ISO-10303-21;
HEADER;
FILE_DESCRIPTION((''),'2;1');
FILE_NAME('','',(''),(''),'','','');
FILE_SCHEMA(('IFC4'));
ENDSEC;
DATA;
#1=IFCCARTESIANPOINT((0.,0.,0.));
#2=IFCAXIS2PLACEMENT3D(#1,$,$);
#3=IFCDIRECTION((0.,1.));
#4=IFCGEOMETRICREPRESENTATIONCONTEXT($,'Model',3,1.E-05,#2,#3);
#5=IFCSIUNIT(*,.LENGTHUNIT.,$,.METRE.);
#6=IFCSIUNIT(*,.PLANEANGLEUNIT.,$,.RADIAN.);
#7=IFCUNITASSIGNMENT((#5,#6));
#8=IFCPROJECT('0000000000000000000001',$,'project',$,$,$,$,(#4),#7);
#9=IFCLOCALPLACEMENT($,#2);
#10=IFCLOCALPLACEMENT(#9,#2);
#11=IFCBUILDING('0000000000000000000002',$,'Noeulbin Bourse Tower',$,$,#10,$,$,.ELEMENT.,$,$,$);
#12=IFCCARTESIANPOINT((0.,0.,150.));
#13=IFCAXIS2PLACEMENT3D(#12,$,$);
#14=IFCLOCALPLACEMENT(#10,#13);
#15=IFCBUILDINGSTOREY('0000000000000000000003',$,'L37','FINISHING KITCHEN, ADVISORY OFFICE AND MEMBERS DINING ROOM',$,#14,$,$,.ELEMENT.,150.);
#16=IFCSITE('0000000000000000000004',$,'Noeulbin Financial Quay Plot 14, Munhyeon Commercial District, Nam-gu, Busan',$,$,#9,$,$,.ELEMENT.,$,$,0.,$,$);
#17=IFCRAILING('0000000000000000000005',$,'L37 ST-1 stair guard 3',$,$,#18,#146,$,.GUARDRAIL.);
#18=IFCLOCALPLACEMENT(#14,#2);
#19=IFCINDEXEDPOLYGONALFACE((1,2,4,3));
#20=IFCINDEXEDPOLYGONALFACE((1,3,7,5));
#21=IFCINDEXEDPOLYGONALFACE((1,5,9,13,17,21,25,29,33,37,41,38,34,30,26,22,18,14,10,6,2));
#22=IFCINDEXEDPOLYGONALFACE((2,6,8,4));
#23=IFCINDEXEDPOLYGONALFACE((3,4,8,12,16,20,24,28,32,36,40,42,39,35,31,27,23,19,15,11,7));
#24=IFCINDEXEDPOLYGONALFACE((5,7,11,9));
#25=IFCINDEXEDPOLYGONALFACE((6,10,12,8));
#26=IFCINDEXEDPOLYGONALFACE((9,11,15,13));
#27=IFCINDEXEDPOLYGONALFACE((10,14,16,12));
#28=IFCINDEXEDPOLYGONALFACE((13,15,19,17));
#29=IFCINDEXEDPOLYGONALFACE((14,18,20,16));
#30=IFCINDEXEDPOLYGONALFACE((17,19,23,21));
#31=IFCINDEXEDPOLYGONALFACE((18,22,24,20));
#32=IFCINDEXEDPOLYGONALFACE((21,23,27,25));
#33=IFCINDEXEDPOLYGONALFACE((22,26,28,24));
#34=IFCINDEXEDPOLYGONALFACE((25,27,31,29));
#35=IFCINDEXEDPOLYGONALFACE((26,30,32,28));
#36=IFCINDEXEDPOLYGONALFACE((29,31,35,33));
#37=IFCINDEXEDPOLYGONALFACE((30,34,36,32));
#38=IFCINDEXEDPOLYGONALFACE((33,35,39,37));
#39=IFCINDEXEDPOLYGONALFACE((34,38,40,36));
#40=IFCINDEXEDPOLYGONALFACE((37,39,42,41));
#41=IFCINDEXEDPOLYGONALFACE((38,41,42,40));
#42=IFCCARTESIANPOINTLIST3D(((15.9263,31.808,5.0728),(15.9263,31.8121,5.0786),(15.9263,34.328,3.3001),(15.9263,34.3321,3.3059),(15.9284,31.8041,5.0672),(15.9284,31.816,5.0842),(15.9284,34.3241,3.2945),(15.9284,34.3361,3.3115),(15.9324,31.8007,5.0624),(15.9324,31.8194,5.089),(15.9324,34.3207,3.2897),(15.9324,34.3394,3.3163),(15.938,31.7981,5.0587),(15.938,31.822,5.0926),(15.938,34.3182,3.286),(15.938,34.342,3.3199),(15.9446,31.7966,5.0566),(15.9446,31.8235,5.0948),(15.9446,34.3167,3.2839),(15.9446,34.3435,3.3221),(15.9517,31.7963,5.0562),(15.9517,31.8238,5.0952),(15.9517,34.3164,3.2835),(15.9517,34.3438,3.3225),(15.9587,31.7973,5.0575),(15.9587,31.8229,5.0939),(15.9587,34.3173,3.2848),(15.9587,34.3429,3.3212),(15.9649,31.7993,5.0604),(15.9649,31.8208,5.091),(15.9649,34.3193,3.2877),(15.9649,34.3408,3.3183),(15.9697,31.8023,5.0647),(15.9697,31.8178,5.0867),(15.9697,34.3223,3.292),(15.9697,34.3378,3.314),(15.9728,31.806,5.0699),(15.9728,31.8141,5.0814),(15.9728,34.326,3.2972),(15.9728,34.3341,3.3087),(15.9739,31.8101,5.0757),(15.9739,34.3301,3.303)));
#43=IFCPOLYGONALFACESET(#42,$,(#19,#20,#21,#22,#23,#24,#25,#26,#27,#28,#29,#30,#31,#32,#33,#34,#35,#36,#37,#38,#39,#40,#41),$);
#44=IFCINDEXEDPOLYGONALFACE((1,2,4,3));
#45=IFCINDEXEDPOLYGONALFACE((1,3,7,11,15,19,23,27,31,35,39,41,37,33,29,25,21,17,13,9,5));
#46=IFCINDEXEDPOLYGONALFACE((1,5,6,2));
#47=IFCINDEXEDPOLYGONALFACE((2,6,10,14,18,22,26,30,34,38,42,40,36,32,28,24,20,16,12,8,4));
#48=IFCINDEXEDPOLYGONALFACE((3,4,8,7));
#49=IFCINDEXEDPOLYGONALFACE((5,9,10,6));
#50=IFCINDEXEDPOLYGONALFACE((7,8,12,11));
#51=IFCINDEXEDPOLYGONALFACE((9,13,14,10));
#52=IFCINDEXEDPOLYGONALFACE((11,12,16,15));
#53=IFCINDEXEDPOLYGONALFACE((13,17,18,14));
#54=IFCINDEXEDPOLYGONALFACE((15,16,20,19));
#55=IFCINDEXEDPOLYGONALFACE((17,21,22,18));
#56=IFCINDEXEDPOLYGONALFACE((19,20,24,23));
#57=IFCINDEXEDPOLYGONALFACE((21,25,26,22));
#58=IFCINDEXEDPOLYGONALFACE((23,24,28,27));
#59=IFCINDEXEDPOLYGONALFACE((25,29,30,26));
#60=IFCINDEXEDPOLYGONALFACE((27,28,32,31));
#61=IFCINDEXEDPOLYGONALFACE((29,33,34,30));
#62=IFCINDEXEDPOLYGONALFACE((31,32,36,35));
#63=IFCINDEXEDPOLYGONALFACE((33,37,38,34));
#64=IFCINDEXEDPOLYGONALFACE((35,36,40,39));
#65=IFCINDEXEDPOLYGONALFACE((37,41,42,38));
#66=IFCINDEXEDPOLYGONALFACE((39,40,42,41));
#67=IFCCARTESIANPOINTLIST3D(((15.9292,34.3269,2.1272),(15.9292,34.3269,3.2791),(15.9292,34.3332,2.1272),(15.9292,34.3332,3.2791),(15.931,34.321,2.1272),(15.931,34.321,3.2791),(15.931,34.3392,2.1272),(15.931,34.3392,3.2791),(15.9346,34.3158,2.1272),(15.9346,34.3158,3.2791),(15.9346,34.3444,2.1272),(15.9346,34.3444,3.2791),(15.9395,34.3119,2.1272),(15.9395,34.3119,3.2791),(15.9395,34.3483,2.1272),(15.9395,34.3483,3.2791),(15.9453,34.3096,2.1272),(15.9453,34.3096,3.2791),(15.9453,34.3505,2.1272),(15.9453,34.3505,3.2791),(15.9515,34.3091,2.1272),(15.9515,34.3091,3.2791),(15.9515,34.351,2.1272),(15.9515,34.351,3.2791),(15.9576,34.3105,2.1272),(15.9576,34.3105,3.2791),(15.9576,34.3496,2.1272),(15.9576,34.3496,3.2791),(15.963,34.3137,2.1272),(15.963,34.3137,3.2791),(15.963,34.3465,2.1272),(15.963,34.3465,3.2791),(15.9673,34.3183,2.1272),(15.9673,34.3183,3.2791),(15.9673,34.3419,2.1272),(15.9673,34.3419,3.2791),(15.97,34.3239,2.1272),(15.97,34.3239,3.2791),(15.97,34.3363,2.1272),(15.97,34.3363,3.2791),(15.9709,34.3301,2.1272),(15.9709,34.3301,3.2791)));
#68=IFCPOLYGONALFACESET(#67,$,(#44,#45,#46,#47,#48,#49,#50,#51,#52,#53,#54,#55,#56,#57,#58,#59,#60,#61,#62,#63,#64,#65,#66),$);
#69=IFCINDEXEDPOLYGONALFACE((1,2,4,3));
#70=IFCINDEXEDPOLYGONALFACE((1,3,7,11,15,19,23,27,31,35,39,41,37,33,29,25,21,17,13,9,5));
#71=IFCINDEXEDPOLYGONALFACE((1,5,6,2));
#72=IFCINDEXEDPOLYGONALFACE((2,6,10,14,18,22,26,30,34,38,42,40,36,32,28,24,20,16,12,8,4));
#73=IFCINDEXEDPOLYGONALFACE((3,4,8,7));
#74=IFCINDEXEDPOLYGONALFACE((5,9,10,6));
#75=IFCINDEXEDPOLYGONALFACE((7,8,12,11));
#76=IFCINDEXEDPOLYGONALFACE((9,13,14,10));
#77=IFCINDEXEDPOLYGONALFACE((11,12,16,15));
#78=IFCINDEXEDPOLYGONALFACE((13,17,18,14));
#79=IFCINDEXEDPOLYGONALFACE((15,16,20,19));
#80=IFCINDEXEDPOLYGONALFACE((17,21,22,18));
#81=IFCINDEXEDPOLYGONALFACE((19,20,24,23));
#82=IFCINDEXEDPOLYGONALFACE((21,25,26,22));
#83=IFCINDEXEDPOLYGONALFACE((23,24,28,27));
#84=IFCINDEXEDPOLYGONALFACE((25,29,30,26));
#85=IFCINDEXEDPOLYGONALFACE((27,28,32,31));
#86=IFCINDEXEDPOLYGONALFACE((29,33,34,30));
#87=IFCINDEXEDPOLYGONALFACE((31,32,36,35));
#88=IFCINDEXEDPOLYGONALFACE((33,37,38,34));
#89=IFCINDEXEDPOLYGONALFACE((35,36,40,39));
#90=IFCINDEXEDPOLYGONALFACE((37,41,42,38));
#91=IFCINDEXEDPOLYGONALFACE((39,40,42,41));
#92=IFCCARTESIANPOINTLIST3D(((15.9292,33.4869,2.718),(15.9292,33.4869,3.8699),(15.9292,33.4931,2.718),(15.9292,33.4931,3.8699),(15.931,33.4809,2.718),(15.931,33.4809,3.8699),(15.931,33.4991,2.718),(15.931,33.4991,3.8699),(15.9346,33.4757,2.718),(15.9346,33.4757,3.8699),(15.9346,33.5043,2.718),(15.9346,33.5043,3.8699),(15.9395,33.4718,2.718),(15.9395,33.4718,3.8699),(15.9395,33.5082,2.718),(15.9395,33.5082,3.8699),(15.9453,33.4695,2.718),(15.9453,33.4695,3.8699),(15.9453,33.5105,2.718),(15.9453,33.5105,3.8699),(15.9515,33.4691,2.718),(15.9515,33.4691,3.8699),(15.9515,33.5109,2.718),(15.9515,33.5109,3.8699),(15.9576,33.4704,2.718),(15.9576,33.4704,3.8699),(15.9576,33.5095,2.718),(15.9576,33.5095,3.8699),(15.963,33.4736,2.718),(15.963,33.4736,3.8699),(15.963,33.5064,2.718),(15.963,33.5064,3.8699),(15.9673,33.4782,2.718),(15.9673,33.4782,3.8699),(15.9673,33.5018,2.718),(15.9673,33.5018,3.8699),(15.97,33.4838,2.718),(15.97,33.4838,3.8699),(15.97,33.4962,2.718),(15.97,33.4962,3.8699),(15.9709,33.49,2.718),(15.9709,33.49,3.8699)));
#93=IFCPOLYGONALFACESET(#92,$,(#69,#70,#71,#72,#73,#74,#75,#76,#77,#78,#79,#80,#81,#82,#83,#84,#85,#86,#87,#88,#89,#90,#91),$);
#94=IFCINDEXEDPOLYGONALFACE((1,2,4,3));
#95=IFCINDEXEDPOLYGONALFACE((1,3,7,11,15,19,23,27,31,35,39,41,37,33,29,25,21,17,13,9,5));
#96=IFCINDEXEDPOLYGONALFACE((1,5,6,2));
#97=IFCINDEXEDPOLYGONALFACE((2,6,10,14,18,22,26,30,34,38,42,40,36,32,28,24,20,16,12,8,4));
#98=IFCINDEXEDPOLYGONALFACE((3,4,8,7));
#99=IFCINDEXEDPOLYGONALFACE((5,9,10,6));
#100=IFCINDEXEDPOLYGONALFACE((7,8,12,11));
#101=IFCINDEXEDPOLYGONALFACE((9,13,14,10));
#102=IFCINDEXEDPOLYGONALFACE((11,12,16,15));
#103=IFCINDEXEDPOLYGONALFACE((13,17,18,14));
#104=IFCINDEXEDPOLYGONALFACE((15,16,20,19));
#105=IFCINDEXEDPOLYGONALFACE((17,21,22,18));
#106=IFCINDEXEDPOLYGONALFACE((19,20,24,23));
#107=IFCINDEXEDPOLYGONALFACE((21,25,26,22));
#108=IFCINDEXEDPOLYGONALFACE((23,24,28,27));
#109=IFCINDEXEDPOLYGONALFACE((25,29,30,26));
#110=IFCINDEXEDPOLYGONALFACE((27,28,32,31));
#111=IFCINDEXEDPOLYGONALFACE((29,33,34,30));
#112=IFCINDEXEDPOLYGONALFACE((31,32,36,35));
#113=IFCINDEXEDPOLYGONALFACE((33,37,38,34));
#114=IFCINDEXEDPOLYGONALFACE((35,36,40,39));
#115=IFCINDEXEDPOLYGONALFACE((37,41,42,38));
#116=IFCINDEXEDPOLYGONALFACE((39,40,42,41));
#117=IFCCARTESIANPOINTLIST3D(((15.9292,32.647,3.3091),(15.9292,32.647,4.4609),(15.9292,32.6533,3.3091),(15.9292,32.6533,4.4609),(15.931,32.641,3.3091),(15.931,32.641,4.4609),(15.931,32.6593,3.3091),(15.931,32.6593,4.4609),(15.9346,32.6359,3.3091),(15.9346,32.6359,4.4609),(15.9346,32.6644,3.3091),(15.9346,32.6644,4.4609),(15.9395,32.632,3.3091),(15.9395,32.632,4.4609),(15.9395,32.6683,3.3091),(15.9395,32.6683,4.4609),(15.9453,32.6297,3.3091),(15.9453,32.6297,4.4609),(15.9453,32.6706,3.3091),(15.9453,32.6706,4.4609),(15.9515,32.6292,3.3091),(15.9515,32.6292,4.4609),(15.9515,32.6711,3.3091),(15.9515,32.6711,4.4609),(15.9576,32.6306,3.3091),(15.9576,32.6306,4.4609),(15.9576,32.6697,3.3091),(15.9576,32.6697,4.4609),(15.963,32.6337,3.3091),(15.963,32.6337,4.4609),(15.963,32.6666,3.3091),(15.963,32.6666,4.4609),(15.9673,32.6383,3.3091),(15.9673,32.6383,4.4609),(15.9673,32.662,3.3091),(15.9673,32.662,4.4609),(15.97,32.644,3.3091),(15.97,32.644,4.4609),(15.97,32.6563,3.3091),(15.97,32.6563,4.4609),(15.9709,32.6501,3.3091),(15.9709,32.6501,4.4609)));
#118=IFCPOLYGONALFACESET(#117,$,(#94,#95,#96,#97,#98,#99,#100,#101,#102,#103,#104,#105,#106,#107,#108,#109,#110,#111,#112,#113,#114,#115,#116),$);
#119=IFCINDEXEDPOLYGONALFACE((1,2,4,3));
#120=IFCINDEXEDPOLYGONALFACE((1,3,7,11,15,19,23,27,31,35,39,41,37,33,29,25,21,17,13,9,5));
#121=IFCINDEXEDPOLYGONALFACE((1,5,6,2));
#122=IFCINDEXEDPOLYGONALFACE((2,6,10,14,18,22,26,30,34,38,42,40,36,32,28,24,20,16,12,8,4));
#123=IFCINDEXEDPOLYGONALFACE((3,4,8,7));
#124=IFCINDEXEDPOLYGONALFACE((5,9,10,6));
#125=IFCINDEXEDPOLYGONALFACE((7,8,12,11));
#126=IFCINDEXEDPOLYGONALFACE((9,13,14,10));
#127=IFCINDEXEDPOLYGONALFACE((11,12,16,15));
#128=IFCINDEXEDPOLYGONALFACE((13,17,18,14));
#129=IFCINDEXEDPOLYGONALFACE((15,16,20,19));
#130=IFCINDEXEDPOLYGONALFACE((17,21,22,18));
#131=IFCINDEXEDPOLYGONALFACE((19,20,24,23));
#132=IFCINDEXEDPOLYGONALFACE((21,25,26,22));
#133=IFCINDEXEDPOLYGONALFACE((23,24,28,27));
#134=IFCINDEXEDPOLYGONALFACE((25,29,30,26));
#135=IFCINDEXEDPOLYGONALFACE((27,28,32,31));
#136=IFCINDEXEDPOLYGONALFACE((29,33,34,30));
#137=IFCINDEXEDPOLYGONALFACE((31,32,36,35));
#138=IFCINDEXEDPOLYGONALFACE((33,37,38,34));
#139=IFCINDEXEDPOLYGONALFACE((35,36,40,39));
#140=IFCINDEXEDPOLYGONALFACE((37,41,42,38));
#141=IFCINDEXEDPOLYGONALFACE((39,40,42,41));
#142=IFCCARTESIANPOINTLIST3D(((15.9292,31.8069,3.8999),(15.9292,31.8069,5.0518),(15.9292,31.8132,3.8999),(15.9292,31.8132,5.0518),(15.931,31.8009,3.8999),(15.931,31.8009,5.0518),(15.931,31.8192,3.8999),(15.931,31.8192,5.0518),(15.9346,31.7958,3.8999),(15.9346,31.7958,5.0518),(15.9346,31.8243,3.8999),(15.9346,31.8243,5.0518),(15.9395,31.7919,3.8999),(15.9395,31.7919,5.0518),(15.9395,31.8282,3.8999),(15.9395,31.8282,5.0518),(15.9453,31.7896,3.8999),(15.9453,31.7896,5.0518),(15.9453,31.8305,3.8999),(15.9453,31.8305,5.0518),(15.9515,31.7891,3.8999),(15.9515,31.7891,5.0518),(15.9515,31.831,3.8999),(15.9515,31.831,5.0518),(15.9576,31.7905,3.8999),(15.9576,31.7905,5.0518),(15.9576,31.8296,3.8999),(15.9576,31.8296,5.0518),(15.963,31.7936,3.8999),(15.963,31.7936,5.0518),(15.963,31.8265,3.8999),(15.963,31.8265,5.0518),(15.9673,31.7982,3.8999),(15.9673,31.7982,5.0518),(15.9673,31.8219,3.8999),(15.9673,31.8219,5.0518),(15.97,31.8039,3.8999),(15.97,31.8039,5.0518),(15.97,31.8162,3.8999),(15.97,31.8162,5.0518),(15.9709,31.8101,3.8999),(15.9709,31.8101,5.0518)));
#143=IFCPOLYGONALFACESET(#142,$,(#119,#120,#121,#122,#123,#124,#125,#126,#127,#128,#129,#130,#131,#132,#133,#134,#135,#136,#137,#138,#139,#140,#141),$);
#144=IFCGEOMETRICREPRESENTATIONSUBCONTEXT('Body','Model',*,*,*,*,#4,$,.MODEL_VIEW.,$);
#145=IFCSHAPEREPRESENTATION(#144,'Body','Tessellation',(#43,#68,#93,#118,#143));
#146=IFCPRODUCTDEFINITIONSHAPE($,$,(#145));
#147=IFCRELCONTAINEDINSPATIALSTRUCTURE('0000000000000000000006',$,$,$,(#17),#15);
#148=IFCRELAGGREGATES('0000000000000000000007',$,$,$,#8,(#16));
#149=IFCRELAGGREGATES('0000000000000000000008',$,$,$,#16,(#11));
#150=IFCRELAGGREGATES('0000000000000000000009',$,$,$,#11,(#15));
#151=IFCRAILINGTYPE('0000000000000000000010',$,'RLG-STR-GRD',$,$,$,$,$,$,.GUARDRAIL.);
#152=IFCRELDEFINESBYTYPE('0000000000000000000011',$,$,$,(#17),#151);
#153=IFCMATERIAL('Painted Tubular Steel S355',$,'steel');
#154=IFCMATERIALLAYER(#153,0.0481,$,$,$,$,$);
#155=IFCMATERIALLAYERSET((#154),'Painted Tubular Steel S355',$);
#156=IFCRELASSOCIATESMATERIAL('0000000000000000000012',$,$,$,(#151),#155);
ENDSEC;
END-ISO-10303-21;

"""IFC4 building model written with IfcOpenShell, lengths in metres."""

from ifc_helpers import new_model, si_unit, direction, frame, origin, origin_2d, place, context, subcontext, project, spatial, circle, extrude, material, layer, layer_set, type_object, element, save


model = new_model("IFC4")

# Units and contexts
model_context = context("Model", 3, precision=1e-05, world=origin(), true_north=direction((0.0, 1.0)))
body_context = subcontext(model_context, "Body", "Model", "MODEL_VIEW")
ifc_project = project(units=[si_unit("LENGTHUNIT", "METRE"), si_unit("PLANEANGLEUNIT", "RADIAN")], contexts=[model_context])

# Site, building, storey
site_placement = place(None, origin())
site = spatial("IfcSite", under=ifc_project, at=site_placement, Name="Noeulbin Financial Quay Plot 14, Munhyeon Commercial District, Nam-gu, Busan", CompositionType="ELEMENT", RefElevation=0.0)
building_placement = place(site_placement, origin())
building = spatial("IfcBuilding", under=site, at=building_placement, Name="Noeulbin Bourse Tower", CompositionType="ELEMENT")
storey_placement = place(building_placement, frame((0.0, 0.0, 150.0)))
storey = spatial("IfcBuildingStorey", under=building, at=storey_placement, Name="L37", Description="FINISHING KITCHEN, ADVISORY OFFICE AND MEMBERS DINING ROOM", CompositionType="ELEMENT", Elevation=150.0)

# Railing
ifc_material_1 = material(Name="Painted Tubular Steel S355", Category="steel")
ifc_layer_1 = layer(ifc_material_1, 0.0481)
ifc_layer_set_1 = layer_set([ifc_layer_1], Name="Painted Tubular Steel S355")
railing_type_1 = type_object("IfcRailingType", Name="RLG-STR-GRD", PredefinedType="GUARDRAIL", material=ifc_layer_set_1)
railing_1_placement = place(storey_placement, frame((15.95, 34.3301, 2.1272)))
element("IfcRailing", 1, at=railing_1_placement, inside=storey, type_object=railing_type_1, Name="L37 ST-1 stair guard 3", PredefinedType="GUARDRAIL", context=body_context, shape_type="SweptSolid", body=[
    extrude(circle(Radius=0.0239, at=origin_2d()), frame((0.0, 0.0, 1.1758), z_axis=(0.0, -0.817904, 0.575354), x_axis=(1.0, 0.0, 0.0)), (0.0, 0.0, 1.0), 3.0811),
    extrude(circle(Radius=0.021, at=origin_2d()), origin(), (0.0, 0.0, 1.0), 1.1519),
    extrude(circle(Radius=0.021, at=origin_2d()), frame((0.0, -0.8401, 0.5908)), (0.0, 0.0, 1.0), 1.1519),
    extrude(circle(Radius=0.021, at=origin_2d()), frame((0.0, -1.6799, 1.1819)), (0.0, 0.0, 1.0), 1.1519),
    extrude(circle(Radius=0.021, at=origin_2d()), frame((0.0, -2.52, 1.7727)), (0.0, 0.0, 1.0), 1.1519),
])

save(model, "model.ifc")
